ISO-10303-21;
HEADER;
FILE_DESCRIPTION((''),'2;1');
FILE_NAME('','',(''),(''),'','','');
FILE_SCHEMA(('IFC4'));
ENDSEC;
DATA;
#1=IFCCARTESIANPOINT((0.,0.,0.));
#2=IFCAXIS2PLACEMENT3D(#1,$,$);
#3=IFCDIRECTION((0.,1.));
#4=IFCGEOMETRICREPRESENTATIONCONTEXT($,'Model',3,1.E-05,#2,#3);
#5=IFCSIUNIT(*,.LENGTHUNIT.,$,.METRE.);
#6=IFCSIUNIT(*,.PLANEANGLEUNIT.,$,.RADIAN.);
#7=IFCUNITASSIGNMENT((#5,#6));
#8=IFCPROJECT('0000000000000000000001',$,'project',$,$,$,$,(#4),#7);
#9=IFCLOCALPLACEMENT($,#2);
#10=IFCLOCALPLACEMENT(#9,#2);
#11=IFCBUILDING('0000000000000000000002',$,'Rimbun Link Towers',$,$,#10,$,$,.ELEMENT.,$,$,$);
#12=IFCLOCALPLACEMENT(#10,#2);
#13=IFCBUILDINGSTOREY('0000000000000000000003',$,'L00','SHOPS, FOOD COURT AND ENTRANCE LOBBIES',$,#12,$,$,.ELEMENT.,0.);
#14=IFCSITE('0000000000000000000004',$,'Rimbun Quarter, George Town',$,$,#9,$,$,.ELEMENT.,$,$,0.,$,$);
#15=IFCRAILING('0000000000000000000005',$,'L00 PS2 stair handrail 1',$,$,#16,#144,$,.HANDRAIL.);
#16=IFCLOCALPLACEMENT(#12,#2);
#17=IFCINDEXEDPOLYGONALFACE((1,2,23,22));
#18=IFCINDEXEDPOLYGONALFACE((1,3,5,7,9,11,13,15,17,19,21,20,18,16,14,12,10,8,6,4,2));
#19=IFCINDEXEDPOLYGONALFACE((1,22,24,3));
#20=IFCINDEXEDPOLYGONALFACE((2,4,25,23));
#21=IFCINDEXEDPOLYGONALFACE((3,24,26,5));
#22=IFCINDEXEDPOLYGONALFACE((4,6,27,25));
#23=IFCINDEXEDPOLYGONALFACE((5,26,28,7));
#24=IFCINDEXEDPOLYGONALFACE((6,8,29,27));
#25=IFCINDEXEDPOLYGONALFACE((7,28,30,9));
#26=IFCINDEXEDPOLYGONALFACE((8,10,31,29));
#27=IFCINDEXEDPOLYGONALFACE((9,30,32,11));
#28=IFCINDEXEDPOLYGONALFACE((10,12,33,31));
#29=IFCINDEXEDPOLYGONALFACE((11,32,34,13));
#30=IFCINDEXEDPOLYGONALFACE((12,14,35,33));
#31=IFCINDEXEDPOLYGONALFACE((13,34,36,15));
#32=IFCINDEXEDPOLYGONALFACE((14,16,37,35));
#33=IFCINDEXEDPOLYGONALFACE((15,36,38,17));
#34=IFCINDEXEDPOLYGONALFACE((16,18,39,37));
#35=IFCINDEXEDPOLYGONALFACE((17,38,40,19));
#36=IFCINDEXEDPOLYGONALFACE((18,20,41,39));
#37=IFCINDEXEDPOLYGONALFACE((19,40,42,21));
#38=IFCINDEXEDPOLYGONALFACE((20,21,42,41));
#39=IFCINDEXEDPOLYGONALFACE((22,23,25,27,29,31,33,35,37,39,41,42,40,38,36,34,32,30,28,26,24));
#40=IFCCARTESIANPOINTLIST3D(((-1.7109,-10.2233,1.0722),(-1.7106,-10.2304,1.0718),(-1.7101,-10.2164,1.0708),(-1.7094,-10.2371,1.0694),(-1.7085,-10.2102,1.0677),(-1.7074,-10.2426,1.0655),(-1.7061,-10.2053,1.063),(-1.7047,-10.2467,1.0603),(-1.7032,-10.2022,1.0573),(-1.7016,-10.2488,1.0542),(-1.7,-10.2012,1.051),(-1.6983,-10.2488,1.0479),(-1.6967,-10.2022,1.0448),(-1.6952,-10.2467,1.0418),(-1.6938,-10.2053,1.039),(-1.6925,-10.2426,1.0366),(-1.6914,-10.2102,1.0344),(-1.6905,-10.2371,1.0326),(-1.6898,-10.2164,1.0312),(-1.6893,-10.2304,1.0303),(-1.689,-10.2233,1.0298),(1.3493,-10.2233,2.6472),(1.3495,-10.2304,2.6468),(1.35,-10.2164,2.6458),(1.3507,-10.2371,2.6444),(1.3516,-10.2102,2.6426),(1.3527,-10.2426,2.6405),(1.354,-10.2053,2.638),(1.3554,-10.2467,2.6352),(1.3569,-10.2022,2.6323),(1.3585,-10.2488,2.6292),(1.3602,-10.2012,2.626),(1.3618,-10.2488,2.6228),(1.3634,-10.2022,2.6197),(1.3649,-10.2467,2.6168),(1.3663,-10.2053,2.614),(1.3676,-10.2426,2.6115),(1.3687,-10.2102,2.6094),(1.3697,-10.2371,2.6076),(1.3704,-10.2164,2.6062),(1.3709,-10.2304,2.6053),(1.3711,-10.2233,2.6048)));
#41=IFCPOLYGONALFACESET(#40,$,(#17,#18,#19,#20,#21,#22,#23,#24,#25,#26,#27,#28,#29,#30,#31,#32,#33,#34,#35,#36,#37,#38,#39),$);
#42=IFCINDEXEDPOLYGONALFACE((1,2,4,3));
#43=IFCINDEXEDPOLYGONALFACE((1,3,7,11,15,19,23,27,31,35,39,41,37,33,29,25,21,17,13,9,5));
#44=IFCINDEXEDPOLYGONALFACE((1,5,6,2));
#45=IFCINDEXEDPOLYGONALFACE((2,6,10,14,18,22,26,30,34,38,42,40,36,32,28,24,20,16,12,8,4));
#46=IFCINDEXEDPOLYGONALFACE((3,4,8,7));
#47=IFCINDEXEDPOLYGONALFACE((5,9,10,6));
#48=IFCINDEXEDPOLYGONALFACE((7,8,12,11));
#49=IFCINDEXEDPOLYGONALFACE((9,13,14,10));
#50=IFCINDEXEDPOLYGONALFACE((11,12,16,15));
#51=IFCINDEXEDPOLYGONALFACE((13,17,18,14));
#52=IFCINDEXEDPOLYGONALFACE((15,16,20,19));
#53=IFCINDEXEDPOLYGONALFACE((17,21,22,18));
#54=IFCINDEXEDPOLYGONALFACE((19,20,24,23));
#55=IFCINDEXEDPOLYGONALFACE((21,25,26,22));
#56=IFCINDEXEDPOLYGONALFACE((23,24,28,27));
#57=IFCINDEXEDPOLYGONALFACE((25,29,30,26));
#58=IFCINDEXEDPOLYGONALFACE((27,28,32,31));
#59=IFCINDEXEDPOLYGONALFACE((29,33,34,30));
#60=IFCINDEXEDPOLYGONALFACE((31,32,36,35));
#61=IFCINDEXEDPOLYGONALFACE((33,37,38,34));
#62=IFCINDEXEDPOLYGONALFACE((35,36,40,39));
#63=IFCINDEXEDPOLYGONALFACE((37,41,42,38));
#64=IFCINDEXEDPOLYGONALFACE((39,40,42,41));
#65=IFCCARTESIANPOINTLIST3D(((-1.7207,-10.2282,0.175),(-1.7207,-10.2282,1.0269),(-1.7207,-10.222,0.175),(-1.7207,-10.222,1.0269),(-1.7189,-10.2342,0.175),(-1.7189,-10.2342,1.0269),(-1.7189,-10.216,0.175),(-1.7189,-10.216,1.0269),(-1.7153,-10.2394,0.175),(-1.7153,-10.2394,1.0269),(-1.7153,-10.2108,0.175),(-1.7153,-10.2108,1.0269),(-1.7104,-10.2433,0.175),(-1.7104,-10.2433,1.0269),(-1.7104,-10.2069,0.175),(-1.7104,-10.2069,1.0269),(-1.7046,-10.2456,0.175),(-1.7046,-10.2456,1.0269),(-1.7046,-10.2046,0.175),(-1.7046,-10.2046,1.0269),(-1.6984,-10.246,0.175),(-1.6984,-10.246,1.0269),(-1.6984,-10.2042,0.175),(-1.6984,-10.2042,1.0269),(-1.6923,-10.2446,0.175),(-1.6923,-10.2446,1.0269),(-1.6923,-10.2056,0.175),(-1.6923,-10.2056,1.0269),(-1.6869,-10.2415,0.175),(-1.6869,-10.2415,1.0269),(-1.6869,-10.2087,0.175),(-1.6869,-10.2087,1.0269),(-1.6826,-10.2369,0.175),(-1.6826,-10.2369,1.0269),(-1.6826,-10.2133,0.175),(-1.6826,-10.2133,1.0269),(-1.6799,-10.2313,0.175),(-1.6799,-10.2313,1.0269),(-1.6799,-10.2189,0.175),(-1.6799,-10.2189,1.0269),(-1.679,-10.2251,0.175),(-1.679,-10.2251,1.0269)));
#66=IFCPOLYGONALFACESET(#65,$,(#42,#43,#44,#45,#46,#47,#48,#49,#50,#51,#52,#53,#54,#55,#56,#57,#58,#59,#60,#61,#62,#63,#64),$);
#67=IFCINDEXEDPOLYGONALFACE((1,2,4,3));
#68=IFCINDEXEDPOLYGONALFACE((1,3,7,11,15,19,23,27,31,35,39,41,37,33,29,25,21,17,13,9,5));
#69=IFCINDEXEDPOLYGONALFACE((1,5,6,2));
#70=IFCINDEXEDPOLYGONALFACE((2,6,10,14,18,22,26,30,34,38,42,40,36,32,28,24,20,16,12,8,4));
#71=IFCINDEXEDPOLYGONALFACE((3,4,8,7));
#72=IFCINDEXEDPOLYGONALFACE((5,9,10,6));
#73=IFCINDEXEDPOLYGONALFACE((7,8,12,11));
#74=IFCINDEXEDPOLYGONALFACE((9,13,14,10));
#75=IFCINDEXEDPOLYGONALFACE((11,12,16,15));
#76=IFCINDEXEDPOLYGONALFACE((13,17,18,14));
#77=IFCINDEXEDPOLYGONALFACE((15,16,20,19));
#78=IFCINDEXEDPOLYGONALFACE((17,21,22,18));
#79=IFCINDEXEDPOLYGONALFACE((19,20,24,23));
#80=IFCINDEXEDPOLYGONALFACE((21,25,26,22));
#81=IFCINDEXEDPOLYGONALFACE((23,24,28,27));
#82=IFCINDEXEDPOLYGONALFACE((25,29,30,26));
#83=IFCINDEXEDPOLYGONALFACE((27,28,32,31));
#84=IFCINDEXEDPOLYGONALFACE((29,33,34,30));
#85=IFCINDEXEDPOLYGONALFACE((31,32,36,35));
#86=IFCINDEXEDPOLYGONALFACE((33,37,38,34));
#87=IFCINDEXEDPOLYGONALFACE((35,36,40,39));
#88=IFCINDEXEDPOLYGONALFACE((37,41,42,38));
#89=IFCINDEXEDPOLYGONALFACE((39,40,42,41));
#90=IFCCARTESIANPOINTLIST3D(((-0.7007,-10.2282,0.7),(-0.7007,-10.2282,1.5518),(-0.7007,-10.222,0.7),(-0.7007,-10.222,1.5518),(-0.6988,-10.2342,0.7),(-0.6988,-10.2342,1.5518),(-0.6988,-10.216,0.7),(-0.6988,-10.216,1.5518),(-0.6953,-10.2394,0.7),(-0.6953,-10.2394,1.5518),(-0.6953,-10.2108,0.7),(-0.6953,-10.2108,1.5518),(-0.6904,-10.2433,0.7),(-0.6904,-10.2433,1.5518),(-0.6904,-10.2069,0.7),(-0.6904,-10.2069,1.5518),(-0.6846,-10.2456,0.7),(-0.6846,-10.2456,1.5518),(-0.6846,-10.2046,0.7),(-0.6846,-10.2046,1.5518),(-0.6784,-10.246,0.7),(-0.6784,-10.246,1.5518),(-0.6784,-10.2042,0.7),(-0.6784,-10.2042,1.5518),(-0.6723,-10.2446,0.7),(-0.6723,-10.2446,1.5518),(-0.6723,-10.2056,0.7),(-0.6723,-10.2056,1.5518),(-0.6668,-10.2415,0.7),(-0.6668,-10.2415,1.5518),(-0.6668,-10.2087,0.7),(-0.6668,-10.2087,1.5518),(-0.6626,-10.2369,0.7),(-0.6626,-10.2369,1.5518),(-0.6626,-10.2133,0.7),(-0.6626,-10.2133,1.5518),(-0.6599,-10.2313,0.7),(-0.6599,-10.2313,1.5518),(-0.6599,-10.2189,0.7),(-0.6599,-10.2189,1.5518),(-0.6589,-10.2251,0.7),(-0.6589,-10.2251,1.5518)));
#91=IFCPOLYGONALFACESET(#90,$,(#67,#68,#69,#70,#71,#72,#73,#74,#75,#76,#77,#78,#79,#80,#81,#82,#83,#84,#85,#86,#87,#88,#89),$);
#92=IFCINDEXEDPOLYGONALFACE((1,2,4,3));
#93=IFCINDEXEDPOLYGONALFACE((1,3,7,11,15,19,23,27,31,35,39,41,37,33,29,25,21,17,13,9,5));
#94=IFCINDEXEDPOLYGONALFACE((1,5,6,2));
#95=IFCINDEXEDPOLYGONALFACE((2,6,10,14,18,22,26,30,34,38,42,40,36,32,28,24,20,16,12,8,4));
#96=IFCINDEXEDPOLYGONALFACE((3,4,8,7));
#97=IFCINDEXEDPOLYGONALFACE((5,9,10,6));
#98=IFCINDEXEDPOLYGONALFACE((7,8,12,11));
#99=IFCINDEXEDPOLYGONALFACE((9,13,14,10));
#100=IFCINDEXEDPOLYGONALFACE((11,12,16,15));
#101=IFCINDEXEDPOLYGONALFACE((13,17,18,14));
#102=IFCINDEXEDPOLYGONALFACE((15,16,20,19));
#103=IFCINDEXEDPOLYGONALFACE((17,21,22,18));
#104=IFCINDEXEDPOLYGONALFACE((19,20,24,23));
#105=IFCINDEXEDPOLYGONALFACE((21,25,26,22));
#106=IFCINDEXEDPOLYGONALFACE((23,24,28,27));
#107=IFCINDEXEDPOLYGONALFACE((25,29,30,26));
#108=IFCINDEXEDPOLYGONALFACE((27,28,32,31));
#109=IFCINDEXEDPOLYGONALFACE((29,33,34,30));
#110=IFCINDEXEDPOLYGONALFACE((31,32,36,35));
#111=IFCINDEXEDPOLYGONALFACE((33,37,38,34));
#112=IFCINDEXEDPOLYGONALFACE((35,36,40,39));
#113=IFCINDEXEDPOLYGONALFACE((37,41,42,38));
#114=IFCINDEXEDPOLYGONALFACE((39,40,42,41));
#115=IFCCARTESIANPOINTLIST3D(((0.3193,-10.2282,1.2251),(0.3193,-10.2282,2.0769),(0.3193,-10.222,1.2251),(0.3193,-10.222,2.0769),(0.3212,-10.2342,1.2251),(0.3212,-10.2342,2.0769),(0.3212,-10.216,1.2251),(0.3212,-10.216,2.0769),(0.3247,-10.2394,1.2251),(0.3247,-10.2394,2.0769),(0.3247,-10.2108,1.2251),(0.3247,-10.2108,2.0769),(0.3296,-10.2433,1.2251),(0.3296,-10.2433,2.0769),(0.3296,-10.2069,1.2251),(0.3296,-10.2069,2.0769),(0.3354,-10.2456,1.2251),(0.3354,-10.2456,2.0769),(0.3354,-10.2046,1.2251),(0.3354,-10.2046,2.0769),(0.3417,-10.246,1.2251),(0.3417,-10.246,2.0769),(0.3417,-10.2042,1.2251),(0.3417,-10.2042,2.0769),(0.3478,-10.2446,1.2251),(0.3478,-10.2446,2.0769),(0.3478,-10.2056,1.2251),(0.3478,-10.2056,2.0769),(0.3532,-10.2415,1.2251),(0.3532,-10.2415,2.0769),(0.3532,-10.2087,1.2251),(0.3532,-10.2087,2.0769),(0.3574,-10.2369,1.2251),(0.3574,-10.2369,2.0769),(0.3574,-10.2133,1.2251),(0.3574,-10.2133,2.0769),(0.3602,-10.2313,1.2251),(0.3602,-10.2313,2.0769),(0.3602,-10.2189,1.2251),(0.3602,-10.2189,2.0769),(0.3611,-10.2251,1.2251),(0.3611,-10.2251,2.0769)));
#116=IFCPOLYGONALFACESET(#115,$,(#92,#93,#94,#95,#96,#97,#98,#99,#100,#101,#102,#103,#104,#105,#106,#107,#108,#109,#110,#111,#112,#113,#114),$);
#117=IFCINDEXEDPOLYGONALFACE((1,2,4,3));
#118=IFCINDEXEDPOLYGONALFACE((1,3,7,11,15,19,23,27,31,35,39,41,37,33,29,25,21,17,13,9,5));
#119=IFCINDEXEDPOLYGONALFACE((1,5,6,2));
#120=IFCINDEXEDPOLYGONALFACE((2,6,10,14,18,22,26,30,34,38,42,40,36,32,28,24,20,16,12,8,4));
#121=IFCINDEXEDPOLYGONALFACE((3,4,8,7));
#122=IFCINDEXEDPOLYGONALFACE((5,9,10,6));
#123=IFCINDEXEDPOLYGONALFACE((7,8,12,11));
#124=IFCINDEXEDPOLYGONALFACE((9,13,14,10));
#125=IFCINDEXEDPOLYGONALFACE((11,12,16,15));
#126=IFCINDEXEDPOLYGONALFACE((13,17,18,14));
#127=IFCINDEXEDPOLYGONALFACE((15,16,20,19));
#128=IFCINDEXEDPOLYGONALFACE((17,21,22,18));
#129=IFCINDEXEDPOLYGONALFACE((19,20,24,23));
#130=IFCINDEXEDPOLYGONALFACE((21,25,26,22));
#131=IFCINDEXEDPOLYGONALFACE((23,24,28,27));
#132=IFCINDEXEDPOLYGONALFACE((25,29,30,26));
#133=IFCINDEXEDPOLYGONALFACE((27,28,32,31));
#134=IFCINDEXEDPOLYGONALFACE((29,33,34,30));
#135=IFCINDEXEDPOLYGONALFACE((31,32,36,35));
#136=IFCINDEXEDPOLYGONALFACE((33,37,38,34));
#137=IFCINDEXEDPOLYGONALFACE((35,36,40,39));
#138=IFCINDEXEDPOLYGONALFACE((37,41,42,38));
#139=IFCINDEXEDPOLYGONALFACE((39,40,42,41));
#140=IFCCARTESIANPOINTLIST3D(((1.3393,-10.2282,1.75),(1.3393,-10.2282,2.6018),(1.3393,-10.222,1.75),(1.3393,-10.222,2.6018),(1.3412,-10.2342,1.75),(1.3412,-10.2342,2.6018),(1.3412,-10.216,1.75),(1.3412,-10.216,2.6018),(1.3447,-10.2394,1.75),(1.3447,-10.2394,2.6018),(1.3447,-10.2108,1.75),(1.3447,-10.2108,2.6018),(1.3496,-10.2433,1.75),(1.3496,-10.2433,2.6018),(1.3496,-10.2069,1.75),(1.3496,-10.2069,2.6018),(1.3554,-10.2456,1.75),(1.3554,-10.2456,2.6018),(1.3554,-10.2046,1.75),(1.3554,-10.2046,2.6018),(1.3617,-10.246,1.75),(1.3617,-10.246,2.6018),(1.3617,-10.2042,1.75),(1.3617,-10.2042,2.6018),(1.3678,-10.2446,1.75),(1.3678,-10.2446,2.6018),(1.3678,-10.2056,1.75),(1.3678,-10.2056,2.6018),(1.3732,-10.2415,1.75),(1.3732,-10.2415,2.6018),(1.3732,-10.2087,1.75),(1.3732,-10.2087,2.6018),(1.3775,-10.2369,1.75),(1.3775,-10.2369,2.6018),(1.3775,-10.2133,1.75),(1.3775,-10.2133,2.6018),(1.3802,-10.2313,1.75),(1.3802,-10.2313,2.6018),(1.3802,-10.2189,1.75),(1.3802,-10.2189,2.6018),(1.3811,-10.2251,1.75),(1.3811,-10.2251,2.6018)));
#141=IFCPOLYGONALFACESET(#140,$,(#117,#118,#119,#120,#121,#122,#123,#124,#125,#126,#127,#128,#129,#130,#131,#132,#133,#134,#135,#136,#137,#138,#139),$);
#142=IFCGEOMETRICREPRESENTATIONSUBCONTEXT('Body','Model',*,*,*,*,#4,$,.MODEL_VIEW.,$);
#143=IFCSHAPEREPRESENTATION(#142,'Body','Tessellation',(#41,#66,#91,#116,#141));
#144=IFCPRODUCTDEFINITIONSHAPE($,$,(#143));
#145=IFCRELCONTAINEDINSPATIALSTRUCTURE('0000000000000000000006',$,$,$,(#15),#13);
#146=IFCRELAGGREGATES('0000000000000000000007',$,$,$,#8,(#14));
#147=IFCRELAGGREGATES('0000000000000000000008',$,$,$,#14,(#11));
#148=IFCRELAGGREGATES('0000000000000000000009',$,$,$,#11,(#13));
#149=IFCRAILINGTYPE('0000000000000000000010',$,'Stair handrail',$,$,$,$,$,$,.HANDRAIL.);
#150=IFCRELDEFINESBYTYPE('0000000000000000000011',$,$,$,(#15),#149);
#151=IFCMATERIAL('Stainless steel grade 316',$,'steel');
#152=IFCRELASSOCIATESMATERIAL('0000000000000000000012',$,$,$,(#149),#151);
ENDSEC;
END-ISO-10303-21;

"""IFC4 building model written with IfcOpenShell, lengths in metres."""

from ifc_helpers import new_model, si_unit, direction, frame, origin, origin_2d, place, context, subcontext, project, spatial, circle, extrude, material, type_object, element, save


model = new_model("IFC4")

# Units and contexts
model_context = context("Model", 3, precision=1e-05, world=origin(), true_north=direction((0.0, 1.0)))
body_context = subcontext(model_context, "Body", "Model", "MODEL_VIEW")
ifc_project = project(units=[si_unit("LENGTHUNIT", "METRE"), si_unit("PLANEANGLEUNIT", "RADIAN")], contexts=[model_context])

# Site, building, storey
site_placement = place(None, origin())
site = spatial("IfcSite", under=ifc_project, at=site_placement, Name="Rimbun Quarter, George Town", CompositionType="ELEMENT", RefElevation=0.0)
building_placement = place(site_placement, origin())
building = spatial("IfcBuilding", under=site, at=building_placement, Name="Rimbun Link Towers", CompositionType="ELEMENT")
storey_placement = place(building_placement, origin())
storey = spatial("IfcBuildingStorey", under=building, at=storey_placement, Name="L00", Description="SHOPS, FOOD COURT AND ENTRANCE LOBBIES", CompositionType="ELEMENT", Elevation=0.0)

# Railing
ifc_material_1 = material(Name="Stainless steel grade 316", Category="steel")
railing_type_1 = type_object("IfcRailingType", Name="Stair handrail", PredefinedType="HANDRAIL", material=ifc_material_1)
for number, where, name in (
    (1, (-1.7, -10.2251, 0.175), "L00 PS2 stair handrail 1"),
):
    element("IfcRailing", number, at=place(storey_placement, frame(where)), inside=storey, type_object=railing_type_1, Name=name, PredefinedType="HANDRAIL", context=body_context, shape_type="SweptSolid", body=[
        extrude(circle(Radius=0.0239, at=origin_2d()), frame((0.0, 0.0, 0.876), z_axis=(0.889145, 0.0, 0.457625), x_axis=(0.0, 1.0, 0.0)), (0.0, 0.0, 1.0), 3.4417),
        extrude(circle(Radius=0.021, at=origin_2d()), origin(), (0.0, 0.0, 1.0), 0.8518),
        extrude(circle(Radius=0.021, at=origin_2d()), frame((1.02, 0.0, 0.5249)), (0.0, 0.0, 1.0), 0.8518),
        extrude(circle(Radius=0.021, at=origin_2d()), frame((2.04, 0.0, 1.05)), (0.0, 0.0, 1.0), 0.8518),
        extrude(circle(Radius=0.021, at=origin_2d()), frame((3.0601, 0.0, 1.575)), (0.0, 0.0, 1.0), 0.8518),
    ])

save(model, "model.ifc")
